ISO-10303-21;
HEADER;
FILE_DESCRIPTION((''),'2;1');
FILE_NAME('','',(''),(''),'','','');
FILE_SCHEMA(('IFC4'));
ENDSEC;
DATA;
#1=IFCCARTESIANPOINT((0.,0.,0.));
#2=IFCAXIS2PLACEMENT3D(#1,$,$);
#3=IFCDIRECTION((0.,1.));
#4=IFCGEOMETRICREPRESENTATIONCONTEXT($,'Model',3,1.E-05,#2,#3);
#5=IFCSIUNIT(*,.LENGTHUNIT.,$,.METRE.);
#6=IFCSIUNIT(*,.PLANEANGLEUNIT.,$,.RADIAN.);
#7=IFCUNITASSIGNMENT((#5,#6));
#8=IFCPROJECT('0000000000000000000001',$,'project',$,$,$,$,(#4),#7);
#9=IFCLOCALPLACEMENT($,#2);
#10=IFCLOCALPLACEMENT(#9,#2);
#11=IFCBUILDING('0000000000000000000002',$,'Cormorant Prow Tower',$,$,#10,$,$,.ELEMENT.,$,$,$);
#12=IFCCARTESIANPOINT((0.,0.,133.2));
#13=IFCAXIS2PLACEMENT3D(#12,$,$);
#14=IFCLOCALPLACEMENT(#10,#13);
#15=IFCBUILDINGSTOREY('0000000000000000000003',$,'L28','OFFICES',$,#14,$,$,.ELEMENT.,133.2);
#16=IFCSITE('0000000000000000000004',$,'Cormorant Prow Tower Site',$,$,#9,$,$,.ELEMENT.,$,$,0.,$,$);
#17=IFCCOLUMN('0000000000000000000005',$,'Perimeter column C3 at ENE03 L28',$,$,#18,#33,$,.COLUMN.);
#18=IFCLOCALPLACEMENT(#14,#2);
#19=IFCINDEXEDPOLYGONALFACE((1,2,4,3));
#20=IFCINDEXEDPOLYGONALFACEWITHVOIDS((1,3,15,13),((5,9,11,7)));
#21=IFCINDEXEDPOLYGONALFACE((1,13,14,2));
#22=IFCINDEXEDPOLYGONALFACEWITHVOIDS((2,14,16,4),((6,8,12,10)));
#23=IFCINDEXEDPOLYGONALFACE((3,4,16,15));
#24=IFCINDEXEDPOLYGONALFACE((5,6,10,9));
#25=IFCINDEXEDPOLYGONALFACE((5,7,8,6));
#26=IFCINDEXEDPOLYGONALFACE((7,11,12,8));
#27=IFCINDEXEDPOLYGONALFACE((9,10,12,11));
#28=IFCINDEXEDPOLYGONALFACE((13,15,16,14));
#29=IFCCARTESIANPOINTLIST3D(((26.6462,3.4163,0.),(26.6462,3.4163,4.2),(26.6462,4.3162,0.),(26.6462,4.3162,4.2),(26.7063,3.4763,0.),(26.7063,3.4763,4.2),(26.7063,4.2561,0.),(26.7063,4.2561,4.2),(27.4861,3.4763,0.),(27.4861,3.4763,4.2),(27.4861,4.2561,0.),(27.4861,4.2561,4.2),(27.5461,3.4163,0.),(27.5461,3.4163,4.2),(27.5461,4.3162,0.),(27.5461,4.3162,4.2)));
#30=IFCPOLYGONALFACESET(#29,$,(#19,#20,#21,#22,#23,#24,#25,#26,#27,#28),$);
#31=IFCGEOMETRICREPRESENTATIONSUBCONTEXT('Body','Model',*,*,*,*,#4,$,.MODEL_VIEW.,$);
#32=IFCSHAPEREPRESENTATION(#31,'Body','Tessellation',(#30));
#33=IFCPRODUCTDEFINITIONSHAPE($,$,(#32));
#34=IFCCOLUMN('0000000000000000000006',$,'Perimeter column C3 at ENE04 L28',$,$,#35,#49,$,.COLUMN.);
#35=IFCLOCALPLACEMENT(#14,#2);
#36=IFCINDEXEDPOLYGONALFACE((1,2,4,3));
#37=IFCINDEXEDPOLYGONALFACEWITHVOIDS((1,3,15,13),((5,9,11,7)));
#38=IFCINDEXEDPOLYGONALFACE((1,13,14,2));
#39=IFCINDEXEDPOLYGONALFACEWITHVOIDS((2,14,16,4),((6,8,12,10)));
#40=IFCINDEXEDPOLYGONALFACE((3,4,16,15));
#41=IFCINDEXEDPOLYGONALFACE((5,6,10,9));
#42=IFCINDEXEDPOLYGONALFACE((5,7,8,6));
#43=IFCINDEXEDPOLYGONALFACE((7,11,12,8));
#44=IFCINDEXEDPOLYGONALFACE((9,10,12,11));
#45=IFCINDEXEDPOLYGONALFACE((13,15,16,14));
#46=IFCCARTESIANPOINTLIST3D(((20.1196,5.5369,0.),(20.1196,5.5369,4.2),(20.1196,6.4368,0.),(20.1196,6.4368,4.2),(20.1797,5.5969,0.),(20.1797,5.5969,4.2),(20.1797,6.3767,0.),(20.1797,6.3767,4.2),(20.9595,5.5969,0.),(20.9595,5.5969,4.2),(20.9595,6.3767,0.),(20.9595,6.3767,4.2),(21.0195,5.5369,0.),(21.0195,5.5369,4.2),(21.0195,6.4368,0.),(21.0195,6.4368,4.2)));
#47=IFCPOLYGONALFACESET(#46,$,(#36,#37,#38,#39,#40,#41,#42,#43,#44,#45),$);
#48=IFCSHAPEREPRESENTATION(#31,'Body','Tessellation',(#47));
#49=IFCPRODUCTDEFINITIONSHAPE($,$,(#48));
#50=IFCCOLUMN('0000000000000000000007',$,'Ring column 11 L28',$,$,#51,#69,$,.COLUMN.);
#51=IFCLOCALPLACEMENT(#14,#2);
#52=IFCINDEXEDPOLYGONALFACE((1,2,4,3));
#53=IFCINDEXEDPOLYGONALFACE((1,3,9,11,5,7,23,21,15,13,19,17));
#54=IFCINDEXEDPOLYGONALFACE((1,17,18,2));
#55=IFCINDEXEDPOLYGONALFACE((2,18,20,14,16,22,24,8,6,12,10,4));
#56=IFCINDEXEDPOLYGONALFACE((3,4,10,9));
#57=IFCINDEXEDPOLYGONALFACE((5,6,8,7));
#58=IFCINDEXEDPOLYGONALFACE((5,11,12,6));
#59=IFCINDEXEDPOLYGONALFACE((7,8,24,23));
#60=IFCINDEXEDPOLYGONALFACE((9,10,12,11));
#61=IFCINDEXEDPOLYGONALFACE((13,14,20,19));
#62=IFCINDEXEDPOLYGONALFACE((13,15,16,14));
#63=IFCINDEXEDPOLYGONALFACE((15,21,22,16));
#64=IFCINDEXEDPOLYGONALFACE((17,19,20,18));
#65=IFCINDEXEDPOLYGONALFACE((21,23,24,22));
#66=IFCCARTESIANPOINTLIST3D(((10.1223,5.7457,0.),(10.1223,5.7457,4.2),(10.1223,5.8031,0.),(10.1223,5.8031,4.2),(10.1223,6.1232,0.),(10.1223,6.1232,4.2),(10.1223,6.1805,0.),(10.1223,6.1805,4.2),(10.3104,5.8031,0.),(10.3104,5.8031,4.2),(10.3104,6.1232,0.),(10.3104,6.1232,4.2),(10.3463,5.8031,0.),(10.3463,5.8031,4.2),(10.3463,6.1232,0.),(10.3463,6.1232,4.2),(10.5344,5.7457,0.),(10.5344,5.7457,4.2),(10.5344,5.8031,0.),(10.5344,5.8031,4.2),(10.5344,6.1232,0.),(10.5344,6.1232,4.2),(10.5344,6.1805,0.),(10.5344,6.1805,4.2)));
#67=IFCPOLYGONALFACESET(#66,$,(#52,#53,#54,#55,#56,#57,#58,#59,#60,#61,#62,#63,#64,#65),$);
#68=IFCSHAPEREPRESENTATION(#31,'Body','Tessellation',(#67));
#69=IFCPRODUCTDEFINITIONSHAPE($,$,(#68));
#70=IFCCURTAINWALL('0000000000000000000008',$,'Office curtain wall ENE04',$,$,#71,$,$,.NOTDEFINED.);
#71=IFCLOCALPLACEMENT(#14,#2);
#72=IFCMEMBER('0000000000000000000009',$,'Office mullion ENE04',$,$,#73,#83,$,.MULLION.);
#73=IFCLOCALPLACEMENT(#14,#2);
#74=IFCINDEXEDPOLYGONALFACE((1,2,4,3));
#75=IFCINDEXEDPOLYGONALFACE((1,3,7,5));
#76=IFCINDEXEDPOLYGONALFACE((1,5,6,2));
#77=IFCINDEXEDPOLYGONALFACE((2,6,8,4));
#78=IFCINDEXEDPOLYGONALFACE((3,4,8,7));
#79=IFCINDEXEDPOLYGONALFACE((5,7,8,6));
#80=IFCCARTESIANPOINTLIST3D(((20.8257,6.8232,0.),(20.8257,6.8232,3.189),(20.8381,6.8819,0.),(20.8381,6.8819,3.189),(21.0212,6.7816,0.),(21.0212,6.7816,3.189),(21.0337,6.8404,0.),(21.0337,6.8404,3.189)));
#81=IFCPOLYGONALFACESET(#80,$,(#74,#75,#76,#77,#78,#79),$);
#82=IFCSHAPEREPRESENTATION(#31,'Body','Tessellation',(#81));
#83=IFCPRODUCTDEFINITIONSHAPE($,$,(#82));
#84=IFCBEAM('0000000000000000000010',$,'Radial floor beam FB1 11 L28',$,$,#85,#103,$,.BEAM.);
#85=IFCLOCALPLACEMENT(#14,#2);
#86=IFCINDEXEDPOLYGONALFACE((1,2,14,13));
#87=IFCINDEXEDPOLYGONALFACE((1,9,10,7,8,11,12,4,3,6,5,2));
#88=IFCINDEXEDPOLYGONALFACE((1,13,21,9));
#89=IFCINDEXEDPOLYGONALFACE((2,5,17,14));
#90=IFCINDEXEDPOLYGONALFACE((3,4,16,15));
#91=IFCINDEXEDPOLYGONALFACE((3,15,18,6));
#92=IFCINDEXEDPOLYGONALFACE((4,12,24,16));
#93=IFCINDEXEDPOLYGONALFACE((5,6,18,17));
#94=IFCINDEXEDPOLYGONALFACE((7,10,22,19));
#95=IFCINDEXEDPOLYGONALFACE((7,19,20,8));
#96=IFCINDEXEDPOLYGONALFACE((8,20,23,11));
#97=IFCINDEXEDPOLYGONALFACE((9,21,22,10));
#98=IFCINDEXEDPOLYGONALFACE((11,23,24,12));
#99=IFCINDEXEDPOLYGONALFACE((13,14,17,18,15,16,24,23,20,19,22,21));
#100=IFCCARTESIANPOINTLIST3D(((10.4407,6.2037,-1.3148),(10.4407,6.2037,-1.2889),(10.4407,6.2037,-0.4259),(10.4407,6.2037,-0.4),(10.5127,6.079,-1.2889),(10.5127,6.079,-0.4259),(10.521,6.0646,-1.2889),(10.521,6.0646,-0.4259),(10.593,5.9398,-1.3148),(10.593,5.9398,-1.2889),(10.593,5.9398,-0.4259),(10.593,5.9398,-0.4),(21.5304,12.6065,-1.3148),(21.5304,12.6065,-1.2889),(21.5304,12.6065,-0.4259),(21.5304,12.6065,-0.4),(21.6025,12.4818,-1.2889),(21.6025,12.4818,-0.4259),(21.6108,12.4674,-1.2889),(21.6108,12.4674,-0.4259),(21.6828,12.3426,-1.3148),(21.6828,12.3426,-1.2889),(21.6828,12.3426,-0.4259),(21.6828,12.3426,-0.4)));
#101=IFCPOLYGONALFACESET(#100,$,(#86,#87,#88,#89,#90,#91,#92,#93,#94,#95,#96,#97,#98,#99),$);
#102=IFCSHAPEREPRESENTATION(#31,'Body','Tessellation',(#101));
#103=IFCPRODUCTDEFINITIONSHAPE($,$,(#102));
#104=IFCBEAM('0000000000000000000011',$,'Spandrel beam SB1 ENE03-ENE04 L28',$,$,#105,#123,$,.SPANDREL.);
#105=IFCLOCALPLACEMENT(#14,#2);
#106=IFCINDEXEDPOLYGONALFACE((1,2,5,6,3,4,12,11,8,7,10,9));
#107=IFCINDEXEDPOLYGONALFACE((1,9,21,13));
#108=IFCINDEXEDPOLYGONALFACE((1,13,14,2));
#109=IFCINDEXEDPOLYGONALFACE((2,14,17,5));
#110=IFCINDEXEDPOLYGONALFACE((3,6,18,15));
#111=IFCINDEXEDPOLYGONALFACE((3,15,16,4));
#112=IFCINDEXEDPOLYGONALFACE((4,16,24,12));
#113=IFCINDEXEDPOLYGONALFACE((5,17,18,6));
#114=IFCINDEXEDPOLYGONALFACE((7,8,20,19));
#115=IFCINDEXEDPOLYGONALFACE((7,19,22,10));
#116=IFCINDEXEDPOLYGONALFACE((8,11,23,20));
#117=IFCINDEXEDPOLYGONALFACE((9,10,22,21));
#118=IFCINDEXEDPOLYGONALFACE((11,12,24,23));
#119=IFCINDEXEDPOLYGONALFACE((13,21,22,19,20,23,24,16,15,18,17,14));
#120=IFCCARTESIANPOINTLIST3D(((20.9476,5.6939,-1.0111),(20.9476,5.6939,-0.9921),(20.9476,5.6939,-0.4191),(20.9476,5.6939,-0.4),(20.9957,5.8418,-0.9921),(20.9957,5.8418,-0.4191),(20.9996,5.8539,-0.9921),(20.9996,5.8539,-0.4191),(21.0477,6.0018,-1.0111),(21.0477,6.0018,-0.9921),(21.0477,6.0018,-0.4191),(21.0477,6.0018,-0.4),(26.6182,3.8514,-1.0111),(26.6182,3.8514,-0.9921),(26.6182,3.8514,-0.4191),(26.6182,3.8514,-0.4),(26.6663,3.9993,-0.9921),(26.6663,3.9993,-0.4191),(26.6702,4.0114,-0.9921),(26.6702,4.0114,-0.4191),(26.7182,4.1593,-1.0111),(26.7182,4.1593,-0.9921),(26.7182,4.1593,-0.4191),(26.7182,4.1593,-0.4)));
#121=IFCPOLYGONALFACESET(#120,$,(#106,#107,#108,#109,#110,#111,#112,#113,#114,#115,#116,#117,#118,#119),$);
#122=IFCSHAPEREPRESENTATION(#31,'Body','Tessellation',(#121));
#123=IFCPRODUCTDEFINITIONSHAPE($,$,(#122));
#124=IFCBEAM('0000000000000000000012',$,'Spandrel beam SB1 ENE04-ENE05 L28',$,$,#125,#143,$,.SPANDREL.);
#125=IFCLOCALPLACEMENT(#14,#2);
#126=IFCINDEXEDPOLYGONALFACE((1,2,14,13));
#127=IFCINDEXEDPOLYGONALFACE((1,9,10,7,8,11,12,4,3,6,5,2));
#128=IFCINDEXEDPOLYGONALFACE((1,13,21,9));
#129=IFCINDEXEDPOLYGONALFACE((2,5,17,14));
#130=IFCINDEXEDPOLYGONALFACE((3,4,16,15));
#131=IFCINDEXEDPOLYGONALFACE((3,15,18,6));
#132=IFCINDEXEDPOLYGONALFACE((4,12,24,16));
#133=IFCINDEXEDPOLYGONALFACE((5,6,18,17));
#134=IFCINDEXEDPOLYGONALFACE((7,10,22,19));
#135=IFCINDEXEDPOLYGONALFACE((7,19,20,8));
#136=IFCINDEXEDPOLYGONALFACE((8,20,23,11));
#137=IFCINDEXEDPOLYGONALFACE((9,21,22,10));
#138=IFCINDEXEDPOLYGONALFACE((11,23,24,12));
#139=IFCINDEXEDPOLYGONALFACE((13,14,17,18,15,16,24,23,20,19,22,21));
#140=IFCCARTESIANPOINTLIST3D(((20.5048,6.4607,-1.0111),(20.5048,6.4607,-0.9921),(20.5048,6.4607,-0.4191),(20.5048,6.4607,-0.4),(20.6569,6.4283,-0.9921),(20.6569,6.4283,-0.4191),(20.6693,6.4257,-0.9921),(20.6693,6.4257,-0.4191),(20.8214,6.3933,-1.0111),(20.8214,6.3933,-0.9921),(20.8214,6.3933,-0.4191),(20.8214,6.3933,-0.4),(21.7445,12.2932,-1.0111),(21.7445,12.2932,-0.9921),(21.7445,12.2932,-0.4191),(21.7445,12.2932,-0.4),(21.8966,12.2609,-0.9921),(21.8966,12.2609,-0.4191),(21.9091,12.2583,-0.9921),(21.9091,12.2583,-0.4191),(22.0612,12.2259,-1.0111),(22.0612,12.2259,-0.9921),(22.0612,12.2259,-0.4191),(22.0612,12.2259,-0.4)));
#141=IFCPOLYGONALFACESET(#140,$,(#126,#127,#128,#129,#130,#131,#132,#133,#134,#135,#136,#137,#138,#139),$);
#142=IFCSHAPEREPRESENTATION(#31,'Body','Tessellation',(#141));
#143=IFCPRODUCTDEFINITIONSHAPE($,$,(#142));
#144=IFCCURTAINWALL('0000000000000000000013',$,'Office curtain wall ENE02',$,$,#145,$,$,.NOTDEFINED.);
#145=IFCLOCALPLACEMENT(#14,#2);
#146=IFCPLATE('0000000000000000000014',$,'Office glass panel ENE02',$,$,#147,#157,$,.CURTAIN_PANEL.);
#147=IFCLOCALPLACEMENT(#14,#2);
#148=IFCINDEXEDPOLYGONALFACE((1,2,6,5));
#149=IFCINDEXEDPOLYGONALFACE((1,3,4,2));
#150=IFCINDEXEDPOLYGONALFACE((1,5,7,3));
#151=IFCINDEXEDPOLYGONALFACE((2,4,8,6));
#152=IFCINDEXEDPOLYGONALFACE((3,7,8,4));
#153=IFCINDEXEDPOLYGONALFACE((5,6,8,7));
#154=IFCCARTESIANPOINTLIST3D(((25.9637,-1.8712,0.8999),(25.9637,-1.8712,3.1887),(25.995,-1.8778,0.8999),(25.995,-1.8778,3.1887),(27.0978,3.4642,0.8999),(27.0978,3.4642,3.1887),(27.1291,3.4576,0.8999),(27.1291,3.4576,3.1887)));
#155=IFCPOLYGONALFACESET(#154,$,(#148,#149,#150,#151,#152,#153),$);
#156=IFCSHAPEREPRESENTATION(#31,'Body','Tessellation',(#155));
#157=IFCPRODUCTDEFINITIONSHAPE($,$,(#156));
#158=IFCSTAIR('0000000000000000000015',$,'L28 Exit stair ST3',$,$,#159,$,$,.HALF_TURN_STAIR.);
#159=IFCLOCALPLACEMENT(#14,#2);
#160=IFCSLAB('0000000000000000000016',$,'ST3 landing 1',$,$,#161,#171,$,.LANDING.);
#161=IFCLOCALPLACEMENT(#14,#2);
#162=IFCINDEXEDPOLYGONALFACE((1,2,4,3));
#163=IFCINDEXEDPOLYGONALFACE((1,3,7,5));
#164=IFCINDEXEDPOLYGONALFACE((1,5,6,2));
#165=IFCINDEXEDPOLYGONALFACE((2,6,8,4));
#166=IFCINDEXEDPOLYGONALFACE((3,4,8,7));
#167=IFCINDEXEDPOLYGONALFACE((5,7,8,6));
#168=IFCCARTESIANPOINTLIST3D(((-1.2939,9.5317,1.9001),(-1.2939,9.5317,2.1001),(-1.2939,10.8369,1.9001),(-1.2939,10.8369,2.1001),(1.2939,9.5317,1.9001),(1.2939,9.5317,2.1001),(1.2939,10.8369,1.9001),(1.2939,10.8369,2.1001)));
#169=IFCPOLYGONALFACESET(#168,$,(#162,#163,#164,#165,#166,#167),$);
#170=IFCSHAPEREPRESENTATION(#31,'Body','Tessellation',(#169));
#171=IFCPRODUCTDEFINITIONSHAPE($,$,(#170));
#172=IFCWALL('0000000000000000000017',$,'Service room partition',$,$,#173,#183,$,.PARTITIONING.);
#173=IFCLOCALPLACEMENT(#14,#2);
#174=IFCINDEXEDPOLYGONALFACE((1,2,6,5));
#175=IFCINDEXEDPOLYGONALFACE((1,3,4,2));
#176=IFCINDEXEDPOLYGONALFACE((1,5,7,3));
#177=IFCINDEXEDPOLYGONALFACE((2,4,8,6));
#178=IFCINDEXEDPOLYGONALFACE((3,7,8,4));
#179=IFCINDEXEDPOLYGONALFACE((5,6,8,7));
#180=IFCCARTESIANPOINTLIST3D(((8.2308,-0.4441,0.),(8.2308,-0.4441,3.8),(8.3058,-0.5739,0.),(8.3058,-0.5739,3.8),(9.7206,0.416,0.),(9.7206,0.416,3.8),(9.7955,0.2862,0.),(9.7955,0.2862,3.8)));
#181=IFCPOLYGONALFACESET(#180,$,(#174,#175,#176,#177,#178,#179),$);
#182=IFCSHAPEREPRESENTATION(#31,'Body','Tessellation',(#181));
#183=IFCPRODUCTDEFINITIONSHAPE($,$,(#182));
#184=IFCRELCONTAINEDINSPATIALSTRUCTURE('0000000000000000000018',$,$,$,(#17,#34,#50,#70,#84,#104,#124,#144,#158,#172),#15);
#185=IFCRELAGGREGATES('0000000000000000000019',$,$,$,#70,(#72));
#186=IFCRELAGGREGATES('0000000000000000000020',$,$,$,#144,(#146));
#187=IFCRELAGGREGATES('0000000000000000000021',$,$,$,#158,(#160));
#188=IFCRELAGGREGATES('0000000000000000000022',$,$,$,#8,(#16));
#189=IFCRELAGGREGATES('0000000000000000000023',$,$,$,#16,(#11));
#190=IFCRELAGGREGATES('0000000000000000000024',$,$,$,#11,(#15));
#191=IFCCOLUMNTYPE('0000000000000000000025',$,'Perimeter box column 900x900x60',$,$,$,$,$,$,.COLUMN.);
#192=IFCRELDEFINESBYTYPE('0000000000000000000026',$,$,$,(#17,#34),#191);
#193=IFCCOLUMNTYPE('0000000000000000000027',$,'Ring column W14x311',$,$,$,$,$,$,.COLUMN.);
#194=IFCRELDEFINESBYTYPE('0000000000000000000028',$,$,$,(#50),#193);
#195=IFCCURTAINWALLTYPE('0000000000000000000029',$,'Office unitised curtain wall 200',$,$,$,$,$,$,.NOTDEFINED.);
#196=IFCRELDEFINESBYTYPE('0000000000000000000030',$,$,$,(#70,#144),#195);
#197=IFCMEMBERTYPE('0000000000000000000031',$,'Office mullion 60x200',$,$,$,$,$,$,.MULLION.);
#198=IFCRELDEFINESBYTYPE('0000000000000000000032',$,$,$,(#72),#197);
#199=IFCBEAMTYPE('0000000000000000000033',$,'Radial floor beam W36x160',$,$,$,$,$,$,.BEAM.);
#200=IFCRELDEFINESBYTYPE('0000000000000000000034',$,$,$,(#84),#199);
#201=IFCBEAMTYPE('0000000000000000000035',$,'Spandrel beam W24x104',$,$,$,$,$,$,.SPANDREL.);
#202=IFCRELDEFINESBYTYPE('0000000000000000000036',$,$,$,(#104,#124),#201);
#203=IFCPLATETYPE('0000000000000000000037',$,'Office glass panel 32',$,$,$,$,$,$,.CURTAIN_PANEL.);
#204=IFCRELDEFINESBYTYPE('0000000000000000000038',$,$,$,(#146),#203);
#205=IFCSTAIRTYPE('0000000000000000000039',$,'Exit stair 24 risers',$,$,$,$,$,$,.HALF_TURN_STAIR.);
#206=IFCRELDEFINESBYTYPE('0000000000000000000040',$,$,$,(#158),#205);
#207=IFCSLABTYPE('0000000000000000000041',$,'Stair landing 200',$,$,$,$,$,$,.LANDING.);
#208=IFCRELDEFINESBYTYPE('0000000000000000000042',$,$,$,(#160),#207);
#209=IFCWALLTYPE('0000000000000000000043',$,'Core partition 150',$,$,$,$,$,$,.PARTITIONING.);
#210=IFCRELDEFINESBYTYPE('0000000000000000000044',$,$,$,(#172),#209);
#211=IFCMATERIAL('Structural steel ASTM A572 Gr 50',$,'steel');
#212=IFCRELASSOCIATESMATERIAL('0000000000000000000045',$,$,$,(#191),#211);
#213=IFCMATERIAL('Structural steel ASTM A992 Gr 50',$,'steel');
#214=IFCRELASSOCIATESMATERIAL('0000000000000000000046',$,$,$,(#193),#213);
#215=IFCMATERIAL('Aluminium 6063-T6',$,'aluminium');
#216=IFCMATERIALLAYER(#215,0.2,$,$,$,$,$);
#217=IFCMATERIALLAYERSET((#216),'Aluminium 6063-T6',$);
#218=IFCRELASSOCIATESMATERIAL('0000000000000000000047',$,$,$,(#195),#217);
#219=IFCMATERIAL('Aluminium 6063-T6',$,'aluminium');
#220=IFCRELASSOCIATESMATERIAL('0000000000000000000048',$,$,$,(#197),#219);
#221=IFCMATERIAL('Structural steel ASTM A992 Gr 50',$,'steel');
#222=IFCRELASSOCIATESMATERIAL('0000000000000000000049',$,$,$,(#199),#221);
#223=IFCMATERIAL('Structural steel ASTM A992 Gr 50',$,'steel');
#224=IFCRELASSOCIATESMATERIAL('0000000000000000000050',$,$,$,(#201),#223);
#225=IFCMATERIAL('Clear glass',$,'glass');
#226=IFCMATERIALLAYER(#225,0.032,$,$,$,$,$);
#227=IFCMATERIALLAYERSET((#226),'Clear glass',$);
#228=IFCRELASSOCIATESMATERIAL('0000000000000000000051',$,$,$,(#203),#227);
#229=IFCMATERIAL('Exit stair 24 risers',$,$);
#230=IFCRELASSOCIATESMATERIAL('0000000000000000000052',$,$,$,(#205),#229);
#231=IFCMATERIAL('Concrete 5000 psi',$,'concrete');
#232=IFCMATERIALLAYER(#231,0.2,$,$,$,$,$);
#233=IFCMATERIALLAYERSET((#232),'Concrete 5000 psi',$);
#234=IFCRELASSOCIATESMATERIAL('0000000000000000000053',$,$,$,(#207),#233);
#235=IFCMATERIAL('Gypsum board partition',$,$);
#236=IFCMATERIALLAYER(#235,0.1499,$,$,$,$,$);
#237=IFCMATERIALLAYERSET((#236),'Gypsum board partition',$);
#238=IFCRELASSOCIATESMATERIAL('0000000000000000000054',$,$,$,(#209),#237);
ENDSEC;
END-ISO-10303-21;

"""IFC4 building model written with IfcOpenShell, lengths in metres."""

from ifc_helpers import new_model, si_unit, direction, frame, frame_2d, origin, origin_2d, place, context, subcontext, project, spatial, polyline, rectangle, hollow_rectangle, i_section, outline, extrude, material, layer, layer_set, material_profile, profile_set, type_object, element, aggregate, save


model = new_model("IFC4")

# Units and contexts
model_context = context("Model", 3, precision=1e-05, world=origin(), true_north=direction((0.0, 1.0)))
body_context = subcontext(model_context, "Body", "Model", "MODEL_VIEW")
ifc_project = project(units=[si_unit("LENGTHUNIT", "METRE"), si_unit("PLANEANGLEUNIT", "RADIAN")], contexts=[model_context])

# Site, building, storey
site_placement = place(None, origin())
site = spatial("IfcSite", under=ifc_project, at=site_placement, Name="Cormorant Prow Tower Site", CompositionType="ELEMENT", RefElevation=0.0)
building_placement = place(site_placement, origin())
building = spatial("IfcBuilding", under=site, at=building_placement, Name="Cormorant Prow Tower", CompositionType="ELEMENT")
storey_placement = place(building_placement, frame((0.0, 0.0, 133.2)))
storey = spatial("IfcBuildingStorey", under=building, at=storey_placement, Name="L28", Description="OFFICES", CompositionType="ELEMENT", Elevation=133.2)

# Columns
ifc_material_1 = material(Name="Structural steel ASTM A572 Gr 50", Category="steel")
ifc_material_profile_1 = material_profile(ifc_material_1, hollow_rectangle(XDim=0.8999, YDim=0.8999, WallThickness=0.0601, at=origin_2d()), Name="Box 900x900x60")
ifc_profile_set_1 = profile_set([ifc_material_profile_1], Name="Structural steel ASTM A572 Gr 50")
column_type_1 = type_object("IfcColumnType", Name="Perimeter box column 900x900x60", PredefinedType="COLUMN", material=ifc_profile_set_1)
for number, where, z_axis, x_axis, name in (
    (1, (27.0962, 3.8662, 0.0), (0.0, 0.0, 1.0), (1.0, 0.0, 0.0), "Perimeter column C3 at ENE03 L28"),
    (2, (20.5696, 5.9868, 0.0), (0.0, 0.0, 1.0), (1.0, 0.0, 0.0), "Perimeter column C3 at ENE04 L28"),
):
    element("IfcColumn", number, at=place(storey_placement, frame(where, z_axis=z_axis, x_axis=x_axis)), inside=storey, type_object=column_type_1, Name=name, PredefinedType="COLUMN", context=body_context, shape_type="SweptSolid", body=[
        extrude(hollow_rectangle(XDim=0.8999, YDim=0.8999, WallThickness=0.0601, at=origin_2d()), origin(), (0.0, 0.0, 1.0), 4.2),
    ])
ifc_material_2 = material(Name="Structural steel ASTM A992 Gr 50", Category="steel")
ifc_material_profile_2 = material_profile(ifc_material_2, i_section(OverallWidth=0.4121, OverallDepth=0.4348, WebThickness=0.0359, FlangeThickness=0.0574, at=origin_2d()), Name="W14x311")
ifc_profile_set_2 = profile_set([ifc_material_profile_2], Name="Structural steel ASTM A992 Gr 50")
column_type_2 = type_object("IfcColumnType", Name="Ring column W14x311", PredefinedType="COLUMN", material=ifc_profile_set_2)
column_placement = place(storey_placement, frame((10.3284, 5.9631, 0.0), z_axis=(0.0, 0.0, 1.0), x_axis=(1.0, 0.0, 0.0)))
element("IfcColumn", 3, at=column_placement, inside=storey, type_object=column_type_2, Name="Ring column 11 L28", PredefinedType="COLUMN", context=body_context, shape_type="SweptSolid", body=[
    extrude(i_section(OverallWidth=0.4121, OverallDepth=0.4348, WebThickness=0.0359, FlangeThickness=0.0574, at=origin_2d()), origin(), (0.0, 0.0, 1.0), 4.2),
])

# Curtain wall, member
ifc_material_3 = material(Name="Aluminium 6063-T6", Category="aluminium")
ifc_layer_1 = layer(ifc_material_3, 0.2)
ifc_layer_set_1 = layer_set([ifc_layer_1], Name="Aluminium 6063-T6")
curtain_wall_type = type_object("IfcCurtainWallType", Name="Office unitised curtain wall 200", PredefinedType="NOTDEFINED", material=ifc_layer_set_1)
curtain_wall_1_placement = place(storey_placement, origin())
curtain_wall_1 = element("IfcCurtainWall", 4, at=curtain_wall_1_placement, inside=storey, type_object=curtain_wall_type, Name="Office curtain wall ENE04", PredefinedType="NOTDEFINED")
ifc_material_4 = material(Name="Aluminium 6063-T6", Category="aluminium")
ifc_material_profile_3 = material_profile(ifc_material_4, rectangle(XDim=0.2, YDim=0.0601, at=origin_2d()), Name="Office mullion 60x200")
ifc_profile_set_3 = profile_set([ifc_material_profile_3], Name="Aluminium 6063-T6")
member_type = type_object("IfcMemberType", Name="Office mullion 60x200", PredefinedType="MULLION", material=ifc_profile_set_3)
member_placement = place(storey_placement, frame((20.9297, 6.8318, 0.0), z_axis=(0.0, 0.0, 1.0), x_axis=(-0.978148, 0.207912, 0.0)))
member = element("IfcMember", 5, at=member_placement, type_object=member_type, Name="Office mullion ENE04", PredefinedType="MULLION", context=body_context, shape_type="SweptSolid", body=[
    extrude(rectangle(XDim=0.2, YDim=0.0601, at=origin_2d()), origin(), (0.0, 0.0, 1.0), 3.189),
])
aggregate(curtain_wall_1, [member])

# Beams
ifc_material_5 = material(Name="Structural steel ASTM A992 Gr 50", Category="steel")
ifc_material_profile_4 = material_profile(ifc_material_5, i_section(OverallWidth=0.3047, OverallDepth=0.9148, WebThickness=0.0166, FlangeThickness=0.0259, at=origin_2d()), Name="W36x160")
ifc_profile_set_4 = profile_set([ifc_material_profile_4], Name="Structural steel ASTM A992 Gr 50")
beam_type_1 = type_object("IfcBeamType", Name="Radial floor beam W36x160", PredefinedType="BEAM", material=ifc_profile_set_4)
beam_1_placement = place(storey_placement, frame((10.5168, 6.0718, -0.8574), z_axis=(0.866022, 0.500006, 0.0), x_axis=(-0.500006, 0.866022, 0.0)))
element("IfcBeam", 6, at=beam_1_placement, inside=storey, type_object=beam_type_1, Name="Radial floor beam FB1 11 L28", PredefinedType="BEAM", context=body_context, shape_type="SweptSolid", body=[
    extrude(i_section(OverallWidth=0.3047, OverallDepth=0.9148, WebThickness=0.0166, FlangeThickness=0.0259, at=origin_2d()), origin(), (0.0, 0.0, 1.0), 12.8054),
])
ifc_material_6 = material(Name="Structural steel ASTM A992 Gr 50", Category="steel")
ifc_material_profile_5 = material_profile(ifc_material_6, i_section(OverallWidth=0.3237, OverallDepth=0.6111, WebThickness=0.0127, FlangeThickness=0.019, at=origin_2d()), Name="W24x104")
ifc_profile_set_5 = profile_set([ifc_material_profile_5], Name="Structural steel ASTM A992 Gr 50")
beam_type_2 = type_object("IfcBeamType", Name="Spandrel beam W24x104", PredefinedType="SPANDREL", material=ifc_profile_set_5)
beam_2_placement = place(storey_placement, frame((26.6682, 4.0054, -0.7056), z_axis=(-0.951055, 0.30902, 0.0), x_axis=(-0.30902, -0.951055, 0.0)))
element("IfcBeam", 7, at=beam_2_placement, inside=storey, type_object=beam_type_2, Name="Spandrel beam SB1 ENE03-ENE04 L28", PredefinedType="SPANDREL", context=body_context, shape_type="SweptSolid", body=[
    extrude(i_section(OverallWidth=0.3237, OverallDepth=0.6111, WebThickness=0.0127, FlangeThickness=0.019, at=origin_2d()), origin(), (0.0, 0.0, 1.0), 5.9624),
])
beam_3_placement = place(storey_placement, frame((20.6631, 6.427, -0.7056), z_axis=(0.207913, 0.978147, 0.0), x_axis=(-0.978147, 0.207913, 0.0)))
element("IfcBeam", 8, at=beam_3_placement, inside=storey, type_object=beam_type_2, Name="Spandrel beam SB1 ENE04-ENE05 L28", PredefinedType="SPANDREL", context=body_context, shape_type="SweptSolid", body=[
    extrude(i_section(OverallWidth=0.3237, OverallDepth=0.6111, WebThickness=0.0127, FlangeThickness=0.019, at=origin_2d()), origin(), (0.0, 0.0, 1.0), 5.9629),
])

# Curtain wall, plate
curtain_wall_2_placement = place(storey_placement, origin())
curtain_wall_2 = element("IfcCurtainWall", 9, at=curtain_wall_2_placement, inside=storey, type_object=curtain_wall_type, Name="Office curtain wall ENE02", PredefinedType="NOTDEFINED")
ifc_material_7 = material(Name="Clear glass", Category="glass")
ifc_layer_2 = layer(ifc_material_7, 0.032)
ifc_layer_set_2 = layer_set([ifc_layer_2], Name="Clear glass")
plate_type = type_object("IfcPlateType", Name="Office glass panel 32", PredefinedType="CURTAIN_PANEL", material=ifc_layer_set_2)
plate_placement = place(storey_placement, frame((26.5464, 0.7932, 0.8999), z_axis=(0.0, 0.0, 1.0), x_axis=(0.207912, 0.978148, 0.0)))
plate = element("IfcPlate", 10, at=plate_placement, type_object=plate_type, Name="Office glass panel ENE02", PredefinedType="CURTAIN_PANEL", context=body_context, shape_type="SweptSolid", body=[
    extrude(rectangle(XDim=5.4546, YDim=0.032, at=origin_2d()), origin(), (0.0, 0.0, 1.0), 2.2888),
])
aggregate(curtain_wall_2, [plate])

# Stair, slab
ifc_material_8 = material(Name="Exit stair 24 risers")
stair_type = type_object("IfcStairType", Name="Exit stair 24 risers", PredefinedType="HALF_TURN_STAIR", material=ifc_material_8)
stair_placement = place(storey_placement, origin())
stair = element("IfcStair", 11, at=stair_placement, inside=storey, type_object=stair_type, Name="L28 Exit stair ST3", PredefinedType="HALF_TURN_STAIR")
ifc_material_9 = material(Name="Concrete 5000 psi", Category="concrete")
ifc_layer_3 = layer(ifc_material_9, 0.2)
ifc_layer_set_3 = layer_set([ifc_layer_3], Name="Concrete 5000 psi")
slab_type = type_object("IfcSlabType", Name="Stair landing 200", PredefinedType="LANDING", material=ifc_layer_set_3)
slab_placement = place(storey_placement, frame((0.0, 0.0, 1.9001)))
slab = element("IfcSlab", 12, at=slab_placement, type_object=slab_type, Name="ST3 landing 1", PredefinedType="LANDING", context=body_context, shape_type="SweptSolid", body=[
    extrude(outline(polyline([(1.2939, 9.5317), (1.2939, 10.8369), (-1.2939, 10.8369), (-1.2939, 9.5317), (1.2939, 9.5317)])), origin(), (0.0, 0.0, 1.0), 0.2),
])

# Wall
ifc_material_10 = material(Name="Gypsum board partition")
ifc_layer_4 = layer(ifc_material_10, 0.1499)
ifc_layer_set_4 = layer_set([ifc_layer_4], Name="Gypsum board partition")
wall_type_1 = type_object("IfcWallType", Name="Core partition 150", PredefinedType="PARTITIONING", material=ifc_layer_set_4)
wall_1_placement = place(storey_placement, frame((8.2683, -0.509, 0.0), z_axis=(0.0, 0.0, 1.0), x_axis=(0.866025, 0.500001, 0.0)))
element("IfcWall", 13, at=wall_1_placement, inside=storey, type_object=wall_type_1, Name="Service room partition", PredefinedType="PARTITIONING", context=body_context, shape_type="SweptSolid", body=[
    extrude(rectangle(XDim=1.7202, YDim=0.1499, at=frame_2d((0.8601, 0.0))), origin(), (0.0, 0.0, 1.0), 3.8),
])

aggregate(stair, [slab])

save(model, "model.ifc")
